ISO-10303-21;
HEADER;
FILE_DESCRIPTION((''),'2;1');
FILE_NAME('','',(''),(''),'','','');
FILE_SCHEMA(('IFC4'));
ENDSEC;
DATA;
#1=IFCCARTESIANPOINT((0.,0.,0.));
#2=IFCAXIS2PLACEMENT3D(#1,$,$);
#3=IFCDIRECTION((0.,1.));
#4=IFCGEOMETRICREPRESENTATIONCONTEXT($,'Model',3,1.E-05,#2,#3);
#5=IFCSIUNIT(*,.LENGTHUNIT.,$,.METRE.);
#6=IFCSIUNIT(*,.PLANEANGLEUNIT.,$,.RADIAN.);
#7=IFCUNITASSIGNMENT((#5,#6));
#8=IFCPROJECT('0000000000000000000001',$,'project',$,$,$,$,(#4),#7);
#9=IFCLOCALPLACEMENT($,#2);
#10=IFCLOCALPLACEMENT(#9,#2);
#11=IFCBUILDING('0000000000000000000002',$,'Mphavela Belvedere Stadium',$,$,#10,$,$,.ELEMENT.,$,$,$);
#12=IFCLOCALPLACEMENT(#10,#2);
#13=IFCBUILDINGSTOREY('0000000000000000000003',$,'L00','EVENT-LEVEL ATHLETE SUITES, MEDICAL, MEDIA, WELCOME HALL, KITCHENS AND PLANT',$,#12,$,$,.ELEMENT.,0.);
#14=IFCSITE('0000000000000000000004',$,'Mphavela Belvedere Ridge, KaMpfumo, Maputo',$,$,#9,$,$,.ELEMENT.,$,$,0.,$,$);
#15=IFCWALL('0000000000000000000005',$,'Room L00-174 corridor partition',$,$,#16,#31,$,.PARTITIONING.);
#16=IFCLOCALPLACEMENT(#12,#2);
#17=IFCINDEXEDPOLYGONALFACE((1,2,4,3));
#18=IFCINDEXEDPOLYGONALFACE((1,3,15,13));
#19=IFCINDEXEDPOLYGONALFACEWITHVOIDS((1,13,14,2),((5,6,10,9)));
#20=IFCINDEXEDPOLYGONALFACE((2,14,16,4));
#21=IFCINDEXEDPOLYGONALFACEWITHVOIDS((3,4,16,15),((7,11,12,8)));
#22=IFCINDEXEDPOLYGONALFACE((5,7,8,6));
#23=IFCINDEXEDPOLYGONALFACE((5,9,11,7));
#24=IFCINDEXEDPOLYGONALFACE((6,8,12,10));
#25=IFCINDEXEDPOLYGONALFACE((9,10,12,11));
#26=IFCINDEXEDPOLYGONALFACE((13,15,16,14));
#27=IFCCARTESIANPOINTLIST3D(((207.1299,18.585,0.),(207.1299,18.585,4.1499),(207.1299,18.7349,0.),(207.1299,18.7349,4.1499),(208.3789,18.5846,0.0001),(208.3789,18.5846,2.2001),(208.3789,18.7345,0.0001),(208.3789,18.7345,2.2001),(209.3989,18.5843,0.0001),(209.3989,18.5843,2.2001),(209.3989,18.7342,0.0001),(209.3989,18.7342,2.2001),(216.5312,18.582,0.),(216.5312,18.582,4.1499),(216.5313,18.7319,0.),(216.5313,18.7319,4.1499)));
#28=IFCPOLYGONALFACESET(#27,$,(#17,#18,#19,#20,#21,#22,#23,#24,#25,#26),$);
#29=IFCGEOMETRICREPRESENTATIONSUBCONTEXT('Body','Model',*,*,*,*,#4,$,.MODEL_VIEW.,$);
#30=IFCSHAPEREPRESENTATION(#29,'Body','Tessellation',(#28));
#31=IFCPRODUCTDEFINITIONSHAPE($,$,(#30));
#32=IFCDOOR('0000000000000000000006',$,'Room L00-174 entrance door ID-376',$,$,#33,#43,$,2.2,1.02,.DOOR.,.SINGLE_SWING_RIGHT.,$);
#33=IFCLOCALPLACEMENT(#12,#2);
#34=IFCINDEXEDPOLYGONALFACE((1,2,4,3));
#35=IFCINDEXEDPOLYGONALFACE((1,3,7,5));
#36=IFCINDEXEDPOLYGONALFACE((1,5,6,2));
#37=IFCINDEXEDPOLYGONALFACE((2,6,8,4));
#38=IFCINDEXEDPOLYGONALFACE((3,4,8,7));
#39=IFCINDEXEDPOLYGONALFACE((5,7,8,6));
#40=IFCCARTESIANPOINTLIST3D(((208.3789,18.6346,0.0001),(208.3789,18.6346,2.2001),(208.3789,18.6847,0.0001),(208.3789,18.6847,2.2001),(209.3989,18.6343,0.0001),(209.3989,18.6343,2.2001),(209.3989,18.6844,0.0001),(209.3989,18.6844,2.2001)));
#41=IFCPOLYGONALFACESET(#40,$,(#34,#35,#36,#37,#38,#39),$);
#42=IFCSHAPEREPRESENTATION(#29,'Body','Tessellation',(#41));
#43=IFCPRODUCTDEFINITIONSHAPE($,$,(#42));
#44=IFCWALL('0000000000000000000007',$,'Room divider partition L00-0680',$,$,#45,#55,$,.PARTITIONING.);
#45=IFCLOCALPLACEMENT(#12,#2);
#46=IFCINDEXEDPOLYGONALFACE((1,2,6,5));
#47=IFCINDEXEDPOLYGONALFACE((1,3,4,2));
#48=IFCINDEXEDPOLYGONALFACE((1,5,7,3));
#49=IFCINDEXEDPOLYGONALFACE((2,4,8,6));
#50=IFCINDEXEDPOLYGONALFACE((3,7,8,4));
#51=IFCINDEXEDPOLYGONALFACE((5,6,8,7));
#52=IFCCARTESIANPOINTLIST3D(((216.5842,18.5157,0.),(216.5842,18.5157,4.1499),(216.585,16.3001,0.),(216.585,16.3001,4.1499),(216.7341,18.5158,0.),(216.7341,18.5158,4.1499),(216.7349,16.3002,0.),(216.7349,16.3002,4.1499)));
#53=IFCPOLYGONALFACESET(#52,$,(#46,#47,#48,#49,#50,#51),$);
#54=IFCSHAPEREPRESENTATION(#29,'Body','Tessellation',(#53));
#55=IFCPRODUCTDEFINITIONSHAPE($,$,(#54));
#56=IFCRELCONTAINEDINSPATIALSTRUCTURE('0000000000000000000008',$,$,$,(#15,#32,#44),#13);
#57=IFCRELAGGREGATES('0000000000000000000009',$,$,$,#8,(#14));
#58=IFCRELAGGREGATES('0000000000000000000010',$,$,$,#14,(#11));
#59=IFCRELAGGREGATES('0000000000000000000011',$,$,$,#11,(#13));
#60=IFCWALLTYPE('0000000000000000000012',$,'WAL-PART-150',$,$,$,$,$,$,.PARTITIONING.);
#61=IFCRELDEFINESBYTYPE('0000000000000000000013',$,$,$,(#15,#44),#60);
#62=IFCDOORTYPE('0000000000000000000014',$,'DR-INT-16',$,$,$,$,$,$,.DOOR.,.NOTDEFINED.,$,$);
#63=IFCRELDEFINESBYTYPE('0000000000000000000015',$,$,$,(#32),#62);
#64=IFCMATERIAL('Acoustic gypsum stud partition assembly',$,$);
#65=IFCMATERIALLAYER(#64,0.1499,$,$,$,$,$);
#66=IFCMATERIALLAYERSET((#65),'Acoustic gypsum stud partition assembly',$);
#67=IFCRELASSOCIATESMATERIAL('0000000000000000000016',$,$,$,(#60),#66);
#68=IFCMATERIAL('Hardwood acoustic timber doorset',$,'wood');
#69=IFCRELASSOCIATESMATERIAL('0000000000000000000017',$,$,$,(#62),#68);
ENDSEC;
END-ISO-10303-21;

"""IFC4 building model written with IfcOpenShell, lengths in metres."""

from ifc_helpers import new_model, si_unit, direction, frame, frame_2d, origin, place, context, subcontext, project, spatial, rectangle, extrude, material, layer, layer_set, type_object, element, fill, save


model = new_model("IFC4")

# Units and contexts
model_context = context("Model", 3, precision=1e-05, world=origin(), true_north=direction((0.0, 1.0)))
body_context = subcontext(model_context, "Body", "Model", "MODEL_VIEW")
ifc_project = project(units=[si_unit("LENGTHUNIT", "METRE"), si_unit("PLANEANGLEUNIT", "RADIAN")], contexts=[model_context])

# Site, building, storey
site_placement = place(None, origin())
site = spatial("IfcSite", under=ifc_project, at=site_placement, Name="Mphavela Belvedere Ridge, KaMpfumo, Maputo", CompositionType="ELEMENT", RefElevation=0.0)
building_placement = place(site_placement, origin())
building = spatial("IfcBuilding", under=site, at=building_placement, Name="Mphavela Belvedere Stadium", CompositionType="ELEMENT")
storey_placement = place(building_placement, origin())
storey = spatial("IfcBuildingStorey", under=building, at=storey_placement, Name="L00", Description="EVENT-LEVEL ATHLETE SUITES, MEDICAL, MEDIA, WELCOME HALL, KITCHENS AND PLANT", CompositionType="ELEMENT", Elevation=0.0)

# Wall, opening, door
ifc_material_1 = material(Name="Acoustic gypsum stud partition assembly")
ifc_layer_1 = layer(ifc_material_1, 0.1499)
ifc_layer_set_1 = layer_set([ifc_layer_1], Name="Acoustic gypsum stud partition assembly")
wall_type_1 = type_object("IfcWallType", Name="WAL-PART-150", PredefinedType="PARTITIONING", material=ifc_layer_set_1)
wall_1_placement = place(storey_placement, frame((216.5312, 18.657, 0.0), z_axis=(0.0, 0.0, 1.0), x_axis=(-1.0, 0.000312, 0.0)))
wall_1 = element("IfcWall", 1, at=wall_1_placement, inside=storey, type_object=wall_type_1, Name="Room L00-174 corridor partition", PredefinedType="PARTITIONING", context=body_context, shape_type="SweptSolid", body=[
    extrude(rectangle(XDim=9.4014, YDim=0.1499, at=frame_2d((4.7007, 0.0))), origin(), (0.0, 0.0, 1.0), 4.1499),
])
opening_1_placement = place(wall_1_placement, frame((7.1323, 0.0, 0.0)))
opening_1 = element("IfcOpeningElement", 2, at=opening_1_placement, cuts=wall_1, PredefinedType="OPENING", context=body_context, shape_type="SweptSolid", body=[
    extrude(rectangle(XDim=1.02, YDim=2.2, at=frame_2d((0.51, 1.1001))), frame((0.0, 0.085, 0.0), z_axis=(0.0, -1.0, 0.0), x_axis=(1.0, 0.0, 0.0)), (0.0, 0.0, 1.0), 0.1699),
])
ifc_material_2 = material(Name="Hardwood acoustic timber doorset", Category="wood")
door_type_1 = type_object("IfcDoorType", Name="DR-INT-16", OperationType="NOTDEFINED", PredefinedType="DOOR", material=ifc_material_2)
door_1_placement = place(opening_1_placement, origin())
door_1 = element("IfcDoor", 3, at=door_1_placement, inside=storey, type_object=door_type_1, Name="Room L00-174 entrance door ID-376", OperationType="SINGLE_SWING_RIGHT", OverallHeight=2.2, OverallWidth=1.02, PredefinedType="DOOR", context=body_context, shape_type="SweptSolid", body=[
    extrude(rectangle(XDim=1.02, YDim=2.2, at=frame_2d((0.51, 1.1001))), frame((0.0, 0.0249, 0.0), z_axis=(0.0, -1.0, 0.0), x_axis=(1.0, 0.0, 0.0)), (0.0, 0.0, 1.0), 0.05),
])
fill(opening_1, door_1)

# Wall
wall_2_placement = place(storey_placement, frame((216.6599, 16.3, 0.0), z_axis=(0.0, 0.0, 1.0), x_axis=(-0.000331, 1.0, 0.0)))
element("IfcWall", 4, at=wall_2_placement, inside=storey, type_object=wall_type_1, Name="Room divider partition L00-0680", PredefinedType="PARTITIONING", context=body_context, shape_type="SweptSolid", body=[
    extrude(rectangle(XDim=2.2156, YDim=0.1499, at=frame_2d((1.1079, 0.0))), origin(), (0.0, 0.0, 1.0), 4.1499),
])

save(model, "model.ifc")
